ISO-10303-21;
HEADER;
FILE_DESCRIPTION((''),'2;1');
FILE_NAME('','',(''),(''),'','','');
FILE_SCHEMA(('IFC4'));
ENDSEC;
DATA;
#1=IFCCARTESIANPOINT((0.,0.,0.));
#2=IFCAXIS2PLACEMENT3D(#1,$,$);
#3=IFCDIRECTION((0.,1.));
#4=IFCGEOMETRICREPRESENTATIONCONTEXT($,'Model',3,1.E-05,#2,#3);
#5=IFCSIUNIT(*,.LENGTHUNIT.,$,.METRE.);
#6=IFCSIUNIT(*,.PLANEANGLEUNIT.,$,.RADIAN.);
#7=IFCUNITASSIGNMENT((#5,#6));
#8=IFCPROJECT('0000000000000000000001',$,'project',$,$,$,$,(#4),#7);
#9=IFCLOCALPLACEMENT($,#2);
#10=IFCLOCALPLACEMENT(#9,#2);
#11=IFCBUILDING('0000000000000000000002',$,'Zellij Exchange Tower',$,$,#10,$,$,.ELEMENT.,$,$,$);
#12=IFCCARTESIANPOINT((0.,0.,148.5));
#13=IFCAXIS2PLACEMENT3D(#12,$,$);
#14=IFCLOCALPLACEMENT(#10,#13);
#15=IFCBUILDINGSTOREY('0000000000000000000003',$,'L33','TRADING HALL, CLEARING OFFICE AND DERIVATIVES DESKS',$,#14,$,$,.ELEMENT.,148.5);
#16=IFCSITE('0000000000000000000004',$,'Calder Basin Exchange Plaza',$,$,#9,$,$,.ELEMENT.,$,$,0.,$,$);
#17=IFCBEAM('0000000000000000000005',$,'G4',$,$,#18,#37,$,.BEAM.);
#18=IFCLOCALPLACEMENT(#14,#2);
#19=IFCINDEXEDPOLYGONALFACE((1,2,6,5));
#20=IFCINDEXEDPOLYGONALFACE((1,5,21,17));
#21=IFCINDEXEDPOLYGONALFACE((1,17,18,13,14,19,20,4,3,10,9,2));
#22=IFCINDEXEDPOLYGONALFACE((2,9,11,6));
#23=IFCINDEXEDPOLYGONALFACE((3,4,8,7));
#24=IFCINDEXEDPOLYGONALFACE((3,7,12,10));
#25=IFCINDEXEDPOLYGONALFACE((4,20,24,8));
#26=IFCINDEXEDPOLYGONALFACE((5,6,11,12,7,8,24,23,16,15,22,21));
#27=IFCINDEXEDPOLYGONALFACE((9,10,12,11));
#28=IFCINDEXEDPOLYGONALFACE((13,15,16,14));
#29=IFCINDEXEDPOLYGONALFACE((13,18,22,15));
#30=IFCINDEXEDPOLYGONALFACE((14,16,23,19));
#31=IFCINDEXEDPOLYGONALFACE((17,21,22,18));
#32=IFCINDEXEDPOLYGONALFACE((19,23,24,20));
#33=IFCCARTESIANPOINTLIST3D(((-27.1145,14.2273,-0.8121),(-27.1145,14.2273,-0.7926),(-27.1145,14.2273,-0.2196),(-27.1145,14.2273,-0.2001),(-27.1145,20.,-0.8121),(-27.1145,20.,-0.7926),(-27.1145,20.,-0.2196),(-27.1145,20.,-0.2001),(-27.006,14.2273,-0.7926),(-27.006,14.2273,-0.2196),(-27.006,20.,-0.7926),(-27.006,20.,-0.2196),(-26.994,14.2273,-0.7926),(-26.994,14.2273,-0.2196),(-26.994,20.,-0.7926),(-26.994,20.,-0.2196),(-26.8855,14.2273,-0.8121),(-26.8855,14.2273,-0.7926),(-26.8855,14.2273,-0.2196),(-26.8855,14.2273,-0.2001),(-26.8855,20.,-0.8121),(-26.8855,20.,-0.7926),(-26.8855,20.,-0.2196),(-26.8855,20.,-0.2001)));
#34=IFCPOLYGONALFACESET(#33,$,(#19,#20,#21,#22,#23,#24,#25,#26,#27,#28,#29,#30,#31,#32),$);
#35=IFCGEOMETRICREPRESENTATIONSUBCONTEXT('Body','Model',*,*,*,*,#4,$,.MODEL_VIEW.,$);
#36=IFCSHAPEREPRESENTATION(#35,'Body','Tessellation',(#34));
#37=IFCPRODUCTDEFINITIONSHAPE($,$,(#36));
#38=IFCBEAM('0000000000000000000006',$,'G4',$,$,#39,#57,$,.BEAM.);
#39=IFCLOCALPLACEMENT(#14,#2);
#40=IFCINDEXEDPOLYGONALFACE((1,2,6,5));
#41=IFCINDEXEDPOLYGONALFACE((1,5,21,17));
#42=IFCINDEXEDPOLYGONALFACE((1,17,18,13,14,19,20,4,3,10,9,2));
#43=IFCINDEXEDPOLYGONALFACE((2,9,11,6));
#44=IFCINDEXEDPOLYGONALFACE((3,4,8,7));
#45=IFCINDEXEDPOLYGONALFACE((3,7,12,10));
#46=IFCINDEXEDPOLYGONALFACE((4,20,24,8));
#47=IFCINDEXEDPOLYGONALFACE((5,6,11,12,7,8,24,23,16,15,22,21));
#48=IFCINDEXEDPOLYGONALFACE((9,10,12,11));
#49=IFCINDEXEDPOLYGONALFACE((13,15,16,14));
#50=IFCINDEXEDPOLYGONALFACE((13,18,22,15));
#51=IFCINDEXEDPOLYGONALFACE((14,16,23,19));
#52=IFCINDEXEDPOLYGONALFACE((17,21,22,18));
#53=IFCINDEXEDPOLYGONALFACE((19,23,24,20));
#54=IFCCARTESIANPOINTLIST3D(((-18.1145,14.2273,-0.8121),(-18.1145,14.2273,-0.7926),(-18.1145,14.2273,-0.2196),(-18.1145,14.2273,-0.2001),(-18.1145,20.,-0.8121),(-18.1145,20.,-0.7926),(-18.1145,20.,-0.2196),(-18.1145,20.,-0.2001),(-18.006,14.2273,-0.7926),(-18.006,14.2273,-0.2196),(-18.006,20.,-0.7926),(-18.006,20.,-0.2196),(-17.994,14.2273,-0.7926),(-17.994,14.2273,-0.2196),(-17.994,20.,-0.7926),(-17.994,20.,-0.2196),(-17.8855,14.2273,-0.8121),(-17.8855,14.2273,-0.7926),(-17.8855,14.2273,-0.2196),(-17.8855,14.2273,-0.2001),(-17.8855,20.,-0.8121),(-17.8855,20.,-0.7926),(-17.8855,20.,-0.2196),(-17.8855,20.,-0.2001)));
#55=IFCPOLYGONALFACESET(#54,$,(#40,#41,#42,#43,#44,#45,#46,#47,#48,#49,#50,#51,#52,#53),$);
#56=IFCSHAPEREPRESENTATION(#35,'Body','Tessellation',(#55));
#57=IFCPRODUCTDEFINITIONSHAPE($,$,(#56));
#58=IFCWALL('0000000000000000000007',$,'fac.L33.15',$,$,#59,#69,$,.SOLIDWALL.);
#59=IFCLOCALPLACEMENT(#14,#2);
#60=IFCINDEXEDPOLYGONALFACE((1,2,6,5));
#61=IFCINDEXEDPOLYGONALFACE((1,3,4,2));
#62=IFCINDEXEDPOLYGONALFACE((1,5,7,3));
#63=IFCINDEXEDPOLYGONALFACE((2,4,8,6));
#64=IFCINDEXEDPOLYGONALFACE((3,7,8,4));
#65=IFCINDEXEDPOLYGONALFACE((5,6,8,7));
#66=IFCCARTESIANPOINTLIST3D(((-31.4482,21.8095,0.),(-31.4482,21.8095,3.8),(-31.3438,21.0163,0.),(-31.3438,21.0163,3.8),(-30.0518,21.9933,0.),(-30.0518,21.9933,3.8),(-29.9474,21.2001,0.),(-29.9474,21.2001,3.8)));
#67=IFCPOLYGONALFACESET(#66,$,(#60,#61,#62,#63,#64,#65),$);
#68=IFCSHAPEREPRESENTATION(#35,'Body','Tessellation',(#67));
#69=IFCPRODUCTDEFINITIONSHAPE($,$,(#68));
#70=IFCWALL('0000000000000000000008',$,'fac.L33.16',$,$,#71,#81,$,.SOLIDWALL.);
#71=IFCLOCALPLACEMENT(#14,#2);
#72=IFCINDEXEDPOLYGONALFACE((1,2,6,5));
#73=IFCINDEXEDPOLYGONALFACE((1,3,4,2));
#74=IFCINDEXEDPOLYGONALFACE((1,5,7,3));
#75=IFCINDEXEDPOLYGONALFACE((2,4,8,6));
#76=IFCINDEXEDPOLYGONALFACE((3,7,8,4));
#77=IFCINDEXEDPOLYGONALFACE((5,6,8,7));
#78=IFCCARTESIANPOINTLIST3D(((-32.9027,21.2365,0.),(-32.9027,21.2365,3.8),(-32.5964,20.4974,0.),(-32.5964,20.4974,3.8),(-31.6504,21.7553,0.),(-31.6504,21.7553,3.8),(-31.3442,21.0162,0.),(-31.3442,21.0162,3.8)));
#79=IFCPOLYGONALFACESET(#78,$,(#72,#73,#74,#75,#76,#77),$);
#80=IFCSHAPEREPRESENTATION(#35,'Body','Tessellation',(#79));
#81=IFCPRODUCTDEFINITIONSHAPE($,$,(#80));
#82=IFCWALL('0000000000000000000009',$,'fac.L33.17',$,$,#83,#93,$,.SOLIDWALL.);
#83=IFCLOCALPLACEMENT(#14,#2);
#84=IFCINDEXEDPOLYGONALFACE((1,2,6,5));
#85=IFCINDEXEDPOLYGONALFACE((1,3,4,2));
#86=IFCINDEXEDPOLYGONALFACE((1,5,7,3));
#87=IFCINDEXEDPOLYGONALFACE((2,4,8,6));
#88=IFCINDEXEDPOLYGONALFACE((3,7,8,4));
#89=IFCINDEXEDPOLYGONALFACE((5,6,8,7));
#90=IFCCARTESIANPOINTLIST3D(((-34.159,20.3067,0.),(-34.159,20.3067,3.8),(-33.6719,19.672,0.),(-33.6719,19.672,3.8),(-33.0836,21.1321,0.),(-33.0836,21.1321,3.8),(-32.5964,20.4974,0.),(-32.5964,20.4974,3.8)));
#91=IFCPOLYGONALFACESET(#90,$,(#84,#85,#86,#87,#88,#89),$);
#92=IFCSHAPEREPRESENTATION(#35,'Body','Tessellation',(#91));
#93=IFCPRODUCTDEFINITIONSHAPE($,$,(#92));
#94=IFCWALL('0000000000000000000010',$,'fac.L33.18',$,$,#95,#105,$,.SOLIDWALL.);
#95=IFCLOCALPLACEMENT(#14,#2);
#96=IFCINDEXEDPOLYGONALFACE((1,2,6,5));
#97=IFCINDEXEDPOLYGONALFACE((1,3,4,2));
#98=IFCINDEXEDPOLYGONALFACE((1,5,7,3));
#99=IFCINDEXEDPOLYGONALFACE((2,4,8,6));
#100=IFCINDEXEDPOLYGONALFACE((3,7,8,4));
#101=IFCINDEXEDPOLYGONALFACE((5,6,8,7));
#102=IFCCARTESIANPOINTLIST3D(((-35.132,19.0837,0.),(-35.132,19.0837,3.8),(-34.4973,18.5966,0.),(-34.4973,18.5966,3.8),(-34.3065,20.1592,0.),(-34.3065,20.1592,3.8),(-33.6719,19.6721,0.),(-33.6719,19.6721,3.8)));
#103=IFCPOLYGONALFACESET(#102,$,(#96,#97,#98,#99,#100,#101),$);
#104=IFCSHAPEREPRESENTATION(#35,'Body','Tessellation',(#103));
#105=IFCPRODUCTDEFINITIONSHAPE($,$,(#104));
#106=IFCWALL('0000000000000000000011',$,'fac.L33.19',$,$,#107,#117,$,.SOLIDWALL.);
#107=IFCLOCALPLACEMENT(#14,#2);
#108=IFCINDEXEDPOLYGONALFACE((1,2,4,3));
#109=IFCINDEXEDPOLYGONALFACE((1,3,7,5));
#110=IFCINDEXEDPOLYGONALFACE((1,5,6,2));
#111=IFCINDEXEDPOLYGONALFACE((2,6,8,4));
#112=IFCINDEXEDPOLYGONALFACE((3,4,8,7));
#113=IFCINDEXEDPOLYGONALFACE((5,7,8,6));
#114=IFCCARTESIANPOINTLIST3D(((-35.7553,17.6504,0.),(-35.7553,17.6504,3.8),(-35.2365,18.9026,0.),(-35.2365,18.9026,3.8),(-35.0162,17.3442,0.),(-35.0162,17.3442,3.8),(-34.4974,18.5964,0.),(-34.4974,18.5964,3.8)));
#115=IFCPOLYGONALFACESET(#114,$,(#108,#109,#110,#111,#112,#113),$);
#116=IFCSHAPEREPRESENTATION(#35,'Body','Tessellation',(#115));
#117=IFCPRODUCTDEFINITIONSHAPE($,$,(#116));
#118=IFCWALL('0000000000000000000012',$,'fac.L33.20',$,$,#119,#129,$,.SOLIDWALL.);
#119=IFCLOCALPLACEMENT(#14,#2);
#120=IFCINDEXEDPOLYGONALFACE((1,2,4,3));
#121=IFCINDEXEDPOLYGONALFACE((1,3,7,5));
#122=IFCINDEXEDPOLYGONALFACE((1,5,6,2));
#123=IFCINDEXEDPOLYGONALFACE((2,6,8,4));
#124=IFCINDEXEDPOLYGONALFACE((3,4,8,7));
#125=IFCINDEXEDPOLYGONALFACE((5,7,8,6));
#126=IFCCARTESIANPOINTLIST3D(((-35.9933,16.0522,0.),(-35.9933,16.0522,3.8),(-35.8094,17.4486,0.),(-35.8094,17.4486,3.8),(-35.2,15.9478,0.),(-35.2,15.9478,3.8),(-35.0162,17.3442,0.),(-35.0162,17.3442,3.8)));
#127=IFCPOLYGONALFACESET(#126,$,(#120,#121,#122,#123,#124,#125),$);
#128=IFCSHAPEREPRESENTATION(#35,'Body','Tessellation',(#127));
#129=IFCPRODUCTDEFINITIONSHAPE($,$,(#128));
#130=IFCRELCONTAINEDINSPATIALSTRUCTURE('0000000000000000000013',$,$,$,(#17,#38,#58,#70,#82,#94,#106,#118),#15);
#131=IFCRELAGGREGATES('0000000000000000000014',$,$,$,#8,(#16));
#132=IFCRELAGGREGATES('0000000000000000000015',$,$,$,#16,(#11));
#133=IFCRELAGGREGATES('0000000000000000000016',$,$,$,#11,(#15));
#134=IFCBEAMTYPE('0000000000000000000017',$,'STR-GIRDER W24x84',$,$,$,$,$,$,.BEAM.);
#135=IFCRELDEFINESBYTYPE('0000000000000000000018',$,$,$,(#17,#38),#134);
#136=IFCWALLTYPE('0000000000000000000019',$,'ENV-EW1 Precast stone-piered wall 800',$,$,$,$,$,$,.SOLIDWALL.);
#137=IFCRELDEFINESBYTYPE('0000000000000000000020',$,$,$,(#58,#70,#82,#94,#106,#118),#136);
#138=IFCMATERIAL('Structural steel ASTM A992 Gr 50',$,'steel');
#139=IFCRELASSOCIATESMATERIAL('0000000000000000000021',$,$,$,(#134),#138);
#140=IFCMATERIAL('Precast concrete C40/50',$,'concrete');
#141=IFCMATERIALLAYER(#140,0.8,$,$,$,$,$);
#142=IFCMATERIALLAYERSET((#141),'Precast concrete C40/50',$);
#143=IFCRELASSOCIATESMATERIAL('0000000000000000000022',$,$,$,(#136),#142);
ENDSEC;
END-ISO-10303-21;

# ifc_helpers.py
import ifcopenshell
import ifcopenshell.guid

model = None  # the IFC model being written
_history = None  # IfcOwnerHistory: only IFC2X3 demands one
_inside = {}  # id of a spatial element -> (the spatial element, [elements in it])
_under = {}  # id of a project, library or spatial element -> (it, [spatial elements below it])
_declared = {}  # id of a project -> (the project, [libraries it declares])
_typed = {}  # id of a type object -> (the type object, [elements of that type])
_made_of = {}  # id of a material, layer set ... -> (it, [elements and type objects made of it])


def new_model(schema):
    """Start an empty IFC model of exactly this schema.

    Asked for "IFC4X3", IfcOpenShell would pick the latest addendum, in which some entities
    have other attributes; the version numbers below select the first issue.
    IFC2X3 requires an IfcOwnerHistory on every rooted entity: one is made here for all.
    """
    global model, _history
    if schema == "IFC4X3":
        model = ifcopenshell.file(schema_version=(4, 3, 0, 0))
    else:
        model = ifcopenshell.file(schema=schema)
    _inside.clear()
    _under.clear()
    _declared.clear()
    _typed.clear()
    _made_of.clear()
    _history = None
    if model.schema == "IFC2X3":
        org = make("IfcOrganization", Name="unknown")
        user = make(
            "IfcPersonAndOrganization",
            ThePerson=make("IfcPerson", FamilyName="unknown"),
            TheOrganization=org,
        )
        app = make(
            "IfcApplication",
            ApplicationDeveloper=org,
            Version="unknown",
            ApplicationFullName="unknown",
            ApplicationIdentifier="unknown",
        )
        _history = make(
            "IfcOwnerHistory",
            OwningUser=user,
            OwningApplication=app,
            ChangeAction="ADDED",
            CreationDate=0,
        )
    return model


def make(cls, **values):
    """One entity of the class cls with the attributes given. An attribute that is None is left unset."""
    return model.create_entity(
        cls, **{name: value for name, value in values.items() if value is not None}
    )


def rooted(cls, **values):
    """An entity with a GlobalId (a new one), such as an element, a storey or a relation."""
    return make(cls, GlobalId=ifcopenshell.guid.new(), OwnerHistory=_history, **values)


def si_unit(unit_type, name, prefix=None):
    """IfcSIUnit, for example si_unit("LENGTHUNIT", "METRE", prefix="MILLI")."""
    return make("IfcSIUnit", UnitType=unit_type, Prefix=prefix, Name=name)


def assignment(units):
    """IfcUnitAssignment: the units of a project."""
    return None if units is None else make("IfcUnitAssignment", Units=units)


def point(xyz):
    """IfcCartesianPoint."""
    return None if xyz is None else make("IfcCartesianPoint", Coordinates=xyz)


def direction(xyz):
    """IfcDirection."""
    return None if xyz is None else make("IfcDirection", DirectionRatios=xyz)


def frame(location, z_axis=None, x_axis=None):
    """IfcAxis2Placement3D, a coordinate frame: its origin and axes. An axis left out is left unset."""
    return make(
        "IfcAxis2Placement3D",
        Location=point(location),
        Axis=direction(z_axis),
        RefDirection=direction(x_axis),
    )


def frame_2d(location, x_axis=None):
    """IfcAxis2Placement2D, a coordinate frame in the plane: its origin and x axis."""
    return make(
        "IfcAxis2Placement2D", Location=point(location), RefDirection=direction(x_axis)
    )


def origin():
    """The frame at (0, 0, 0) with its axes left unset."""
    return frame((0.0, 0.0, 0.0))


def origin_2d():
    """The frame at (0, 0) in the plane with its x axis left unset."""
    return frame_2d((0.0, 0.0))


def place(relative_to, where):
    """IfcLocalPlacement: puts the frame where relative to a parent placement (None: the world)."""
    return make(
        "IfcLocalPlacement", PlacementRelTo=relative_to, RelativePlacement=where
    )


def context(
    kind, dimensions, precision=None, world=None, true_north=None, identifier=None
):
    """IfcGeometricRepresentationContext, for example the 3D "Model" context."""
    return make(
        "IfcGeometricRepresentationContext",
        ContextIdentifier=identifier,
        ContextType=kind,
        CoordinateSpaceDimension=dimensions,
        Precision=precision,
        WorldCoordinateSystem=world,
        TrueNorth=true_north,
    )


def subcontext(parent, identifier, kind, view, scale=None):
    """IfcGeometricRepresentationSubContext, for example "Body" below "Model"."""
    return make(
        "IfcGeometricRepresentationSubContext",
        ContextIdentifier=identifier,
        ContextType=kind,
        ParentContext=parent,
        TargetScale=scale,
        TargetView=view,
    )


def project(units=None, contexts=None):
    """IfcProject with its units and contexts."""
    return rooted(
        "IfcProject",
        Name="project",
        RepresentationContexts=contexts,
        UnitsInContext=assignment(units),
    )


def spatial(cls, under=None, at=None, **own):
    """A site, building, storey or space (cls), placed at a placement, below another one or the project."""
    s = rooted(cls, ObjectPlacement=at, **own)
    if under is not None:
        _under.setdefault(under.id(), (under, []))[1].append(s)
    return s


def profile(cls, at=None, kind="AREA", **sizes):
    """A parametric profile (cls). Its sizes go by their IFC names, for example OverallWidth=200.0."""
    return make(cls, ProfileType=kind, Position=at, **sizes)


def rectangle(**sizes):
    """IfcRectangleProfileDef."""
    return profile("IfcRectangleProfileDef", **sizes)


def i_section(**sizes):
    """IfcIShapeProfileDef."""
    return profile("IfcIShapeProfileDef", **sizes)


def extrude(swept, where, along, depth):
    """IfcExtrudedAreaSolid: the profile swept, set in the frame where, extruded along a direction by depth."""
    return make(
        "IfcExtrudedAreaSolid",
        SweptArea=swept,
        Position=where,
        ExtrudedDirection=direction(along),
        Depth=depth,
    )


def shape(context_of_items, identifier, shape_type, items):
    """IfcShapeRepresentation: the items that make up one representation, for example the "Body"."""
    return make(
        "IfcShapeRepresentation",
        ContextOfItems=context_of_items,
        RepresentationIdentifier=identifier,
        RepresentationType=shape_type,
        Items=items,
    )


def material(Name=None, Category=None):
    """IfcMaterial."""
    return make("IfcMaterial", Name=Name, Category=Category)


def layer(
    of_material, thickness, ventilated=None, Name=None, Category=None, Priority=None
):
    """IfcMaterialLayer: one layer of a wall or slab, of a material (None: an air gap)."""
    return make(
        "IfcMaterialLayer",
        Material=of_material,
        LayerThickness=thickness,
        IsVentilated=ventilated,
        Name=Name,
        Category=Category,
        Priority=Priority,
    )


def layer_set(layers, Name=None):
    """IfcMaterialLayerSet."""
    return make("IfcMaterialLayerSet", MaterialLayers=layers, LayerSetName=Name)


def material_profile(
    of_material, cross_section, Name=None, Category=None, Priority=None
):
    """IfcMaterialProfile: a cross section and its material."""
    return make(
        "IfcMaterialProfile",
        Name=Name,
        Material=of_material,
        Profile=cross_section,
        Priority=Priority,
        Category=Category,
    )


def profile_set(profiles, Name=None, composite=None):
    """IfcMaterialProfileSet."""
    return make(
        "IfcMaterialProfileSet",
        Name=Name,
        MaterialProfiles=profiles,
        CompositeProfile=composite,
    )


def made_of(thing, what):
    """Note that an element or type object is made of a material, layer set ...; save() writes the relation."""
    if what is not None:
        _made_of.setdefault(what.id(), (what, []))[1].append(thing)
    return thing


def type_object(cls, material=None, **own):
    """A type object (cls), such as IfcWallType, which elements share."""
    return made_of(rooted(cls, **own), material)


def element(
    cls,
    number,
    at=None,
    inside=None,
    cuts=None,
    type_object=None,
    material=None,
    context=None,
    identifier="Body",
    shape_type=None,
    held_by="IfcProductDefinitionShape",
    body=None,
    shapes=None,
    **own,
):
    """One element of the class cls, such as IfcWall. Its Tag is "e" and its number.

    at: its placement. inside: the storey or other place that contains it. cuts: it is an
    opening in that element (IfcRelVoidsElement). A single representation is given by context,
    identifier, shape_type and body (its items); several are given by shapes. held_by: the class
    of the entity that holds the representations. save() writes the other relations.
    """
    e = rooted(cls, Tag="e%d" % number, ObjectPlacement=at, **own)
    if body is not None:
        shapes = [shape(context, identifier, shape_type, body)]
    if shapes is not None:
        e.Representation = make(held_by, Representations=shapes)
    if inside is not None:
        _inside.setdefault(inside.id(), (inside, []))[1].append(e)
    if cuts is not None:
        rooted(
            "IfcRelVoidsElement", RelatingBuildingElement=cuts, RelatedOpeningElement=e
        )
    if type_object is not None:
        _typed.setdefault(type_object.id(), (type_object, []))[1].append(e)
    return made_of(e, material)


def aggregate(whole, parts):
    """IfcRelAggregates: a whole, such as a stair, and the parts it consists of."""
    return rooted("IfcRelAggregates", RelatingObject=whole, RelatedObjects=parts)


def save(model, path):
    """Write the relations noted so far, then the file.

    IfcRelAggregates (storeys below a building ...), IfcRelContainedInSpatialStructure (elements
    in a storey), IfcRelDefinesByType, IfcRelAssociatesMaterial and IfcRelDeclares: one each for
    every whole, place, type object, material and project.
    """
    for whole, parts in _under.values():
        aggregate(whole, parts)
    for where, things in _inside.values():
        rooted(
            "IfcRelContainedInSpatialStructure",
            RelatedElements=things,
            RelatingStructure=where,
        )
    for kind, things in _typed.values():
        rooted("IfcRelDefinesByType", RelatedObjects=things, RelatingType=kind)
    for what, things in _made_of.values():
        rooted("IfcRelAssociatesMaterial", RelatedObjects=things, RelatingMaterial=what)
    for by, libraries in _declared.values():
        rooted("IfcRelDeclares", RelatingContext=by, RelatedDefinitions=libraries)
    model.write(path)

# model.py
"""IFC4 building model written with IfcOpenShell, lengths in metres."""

from ifc_helpers import new_model, si_unit, direction, frame, frame_2d, origin, origin_2d, place, context, subcontext, project, spatial, rectangle, i_section, extrude, material, layer, layer_set, material_profile, profile_set, type_object, element, save


model = new_model("IFC4")

# Units and contexts
model_context = context("Model", 3, precision=1e-05, world=origin(), true_north=direction((0.0, 1.0)))
body_context = subcontext(model_context, "Body", "Model", "MODEL_VIEW")
ifc_project = project(units=[si_unit("LENGTHUNIT", "METRE"), si_unit("PLANEANGLEUNIT", "RADIAN")], contexts=[model_context])

# Site, building, storey
site_placement = place(None, origin())
site = spatial("IfcSite", under=ifc_project, at=site_placement, Name="Calder Basin Exchange Plaza", CompositionType="ELEMENT", RefElevation=0.0)
building_placement = place(site_placement, origin())
building = spatial("IfcBuilding", under=site, at=building_placement, Name="Zellij Exchange Tower", CompositionType="ELEMENT")
storey_placement = place(building_placement, frame((0.0, 0.0, 148.5)))
storey = spatial("IfcBuildingStorey", under=building, at=storey_placement, Name="L33", Description="TRADING HALL, CLEARING OFFICE AND DERIVATIVES DESKS", CompositionType="ELEMENT", Elevation=148.5)

# Beams
ifc_material_1 = material(Name="Structural steel ASTM A992 Gr 50", Category="steel")
ifc_material_profile_1 = material_profile(ifc_material_1, i_section(OverallWidth=0.229, OverallDepth=0.6121, WebThickness=0.012, FlangeThickness=0.0195, at=origin_2d()), Name="W24x84")
ifc_profile_set_1 = profile_set([ifc_material_profile_1], Name="Structural steel ASTM A992 Gr 50")
beam_type = type_object("IfcBeamType", Name="STR-GIRDER W24x84", PredefinedType="BEAM", material=ifc_profile_set_1)
for number, where, z_axis, x_axis, name in (
    (1, (-27.0, 14.2273, -0.5061), (0.0, 1.0, 0.0), (-1.0, 0.0, 0.0), "G4"),
    (2, (-18.0, 14.2273, -0.5061), (0.0, 1.0, 0.0), (-1.0, 0.0, 0.0), "G4"),
):
    element("IfcBeam", number, at=place(storey_placement, frame(where, z_axis=z_axis, x_axis=x_axis)), inside=storey, type_object=beam_type, Name=name, PredefinedType="BEAM", context=body_context, shape_type="SweptSolid", body=[
        extrude(i_section(OverallWidth=0.229, OverallDepth=0.6121, WebThickness=0.012, FlangeThickness=0.0195, at=origin_2d()), origin(), (0.0, 0.0, 1.0), 5.7727),
    ])

# Walls
ifc_material_2 = material(Name="Precast concrete C40/50", Category="concrete")
ifc_layer = layer(ifc_material_2, 0.8)
ifc_layer_set = layer_set([ifc_layer], Name="Precast concrete C40/50")
wall_type = type_object("IfcWallType", Name="ENV-EW1 Precast stone-piered wall 800", PredefinedType="SOLIDWALL", material=ifc_layer_set)
wall_1_placement = place(storey_placement, frame((-29.9998, 21.5967, 0.0), z_axis=(0.0, 0.0, 1.0), x_axis=(-0.991446, -0.130517, 0.0)))
element("IfcWall", 3, at=wall_1_placement, inside=storey, type_object=wall_type, Name="fac.L33.15", PredefinedType="SOLIDWALL", context=body_context, shape_type="SweptSolid", body=[
    extrude(rectangle(XDim=1.4084, YDim=0.8, at=frame_2d((0.7041, 0.0))), origin(), (0.0, 0.0, 1.0), 3.8),
])
wall_2_placement = place(storey_placement, frame((-31.4973, 21.3857, 0.0), z_axis=(0.0, 0.0, 1.0), x_axis=(-0.923848, -0.38276, 0.0)))
element("IfcWall", 4, at=wall_2_placement, inside=storey, type_object=wall_type, Name="fac.L33.16", PredefinedType="SOLIDWALL", context=body_context, shape_type="SweptSolid", body=[
    extrude(rectangle(XDim=1.3555, YDim=0.8, at=frame_2d((0.6777, 0.0))), origin(), (0.0, 0.0, 1.0), 3.8),
])
for number, where, z_axis, x_axis, name in (
    (5, (-32.8401, 20.8147, 0.0), (0.0, 0.0, 1.0), (-0.793273, -0.608866, 0.0), "fac.L33.17"),
    (6, (-33.9893, 19.9155, 0.0), (0.0, 0.0, 1.0), (-0.608866, -0.793273, 0.0), "fac.L33.18"),
):
    element("IfcWall", number, at=place(storey_placement, frame(where, z_axis=z_axis, x_axis=x_axis)), inside=storey, type_object=wall_type, Name=name, PredefinedType="SOLIDWALL", context=body_context, shape_type="SweptSolid", body=[
        extrude(rectangle(XDim=1.3557, YDim=0.8, at=frame_2d((0.6777, 0.0))), origin(), (0.0, 0.0, 1.0), 3.8),
    ])
wall_3_placement = place(storey_placement, frame((-34.8669, 18.7495, 0.0), z_axis=(0.0, 0.0, 1.0), x_axis=(-0.38276, -0.923848, 0.0)))
element("IfcWall", 7, at=wall_3_placement, inside=storey, type_object=wall_type, Name="fac.L33.19", PredefinedType="SOLIDWALL", context=body_context, shape_type="SweptSolid", body=[
    extrude(rectangle(XDim=1.3555, YDim=0.8, at=frame_2d((0.6777, 0.0))), origin(), (0.0, 0.0, 1.0), 3.8),
])
wall_4_placement = place(storey_placement, frame((-35.4128, 17.3962, 0.0), z_axis=(0.0, 0.0, 1.0), x_axis=(-0.130517, -0.991446, 0.0)))
element("IfcWall", 8, at=wall_4_placement, inside=storey, type_object=wall_type, Name="fac.L33.20", PredefinedType="SOLIDWALL", context=body_context, shape_type="SweptSolid", body=[
    extrude(rectangle(XDim=1.4084, YDim=0.8, at=frame_2d((0.7041, 0.0))), origin(), (0.0, 0.0, 1.0), 3.8),
])

save(model, "model.ifc")
